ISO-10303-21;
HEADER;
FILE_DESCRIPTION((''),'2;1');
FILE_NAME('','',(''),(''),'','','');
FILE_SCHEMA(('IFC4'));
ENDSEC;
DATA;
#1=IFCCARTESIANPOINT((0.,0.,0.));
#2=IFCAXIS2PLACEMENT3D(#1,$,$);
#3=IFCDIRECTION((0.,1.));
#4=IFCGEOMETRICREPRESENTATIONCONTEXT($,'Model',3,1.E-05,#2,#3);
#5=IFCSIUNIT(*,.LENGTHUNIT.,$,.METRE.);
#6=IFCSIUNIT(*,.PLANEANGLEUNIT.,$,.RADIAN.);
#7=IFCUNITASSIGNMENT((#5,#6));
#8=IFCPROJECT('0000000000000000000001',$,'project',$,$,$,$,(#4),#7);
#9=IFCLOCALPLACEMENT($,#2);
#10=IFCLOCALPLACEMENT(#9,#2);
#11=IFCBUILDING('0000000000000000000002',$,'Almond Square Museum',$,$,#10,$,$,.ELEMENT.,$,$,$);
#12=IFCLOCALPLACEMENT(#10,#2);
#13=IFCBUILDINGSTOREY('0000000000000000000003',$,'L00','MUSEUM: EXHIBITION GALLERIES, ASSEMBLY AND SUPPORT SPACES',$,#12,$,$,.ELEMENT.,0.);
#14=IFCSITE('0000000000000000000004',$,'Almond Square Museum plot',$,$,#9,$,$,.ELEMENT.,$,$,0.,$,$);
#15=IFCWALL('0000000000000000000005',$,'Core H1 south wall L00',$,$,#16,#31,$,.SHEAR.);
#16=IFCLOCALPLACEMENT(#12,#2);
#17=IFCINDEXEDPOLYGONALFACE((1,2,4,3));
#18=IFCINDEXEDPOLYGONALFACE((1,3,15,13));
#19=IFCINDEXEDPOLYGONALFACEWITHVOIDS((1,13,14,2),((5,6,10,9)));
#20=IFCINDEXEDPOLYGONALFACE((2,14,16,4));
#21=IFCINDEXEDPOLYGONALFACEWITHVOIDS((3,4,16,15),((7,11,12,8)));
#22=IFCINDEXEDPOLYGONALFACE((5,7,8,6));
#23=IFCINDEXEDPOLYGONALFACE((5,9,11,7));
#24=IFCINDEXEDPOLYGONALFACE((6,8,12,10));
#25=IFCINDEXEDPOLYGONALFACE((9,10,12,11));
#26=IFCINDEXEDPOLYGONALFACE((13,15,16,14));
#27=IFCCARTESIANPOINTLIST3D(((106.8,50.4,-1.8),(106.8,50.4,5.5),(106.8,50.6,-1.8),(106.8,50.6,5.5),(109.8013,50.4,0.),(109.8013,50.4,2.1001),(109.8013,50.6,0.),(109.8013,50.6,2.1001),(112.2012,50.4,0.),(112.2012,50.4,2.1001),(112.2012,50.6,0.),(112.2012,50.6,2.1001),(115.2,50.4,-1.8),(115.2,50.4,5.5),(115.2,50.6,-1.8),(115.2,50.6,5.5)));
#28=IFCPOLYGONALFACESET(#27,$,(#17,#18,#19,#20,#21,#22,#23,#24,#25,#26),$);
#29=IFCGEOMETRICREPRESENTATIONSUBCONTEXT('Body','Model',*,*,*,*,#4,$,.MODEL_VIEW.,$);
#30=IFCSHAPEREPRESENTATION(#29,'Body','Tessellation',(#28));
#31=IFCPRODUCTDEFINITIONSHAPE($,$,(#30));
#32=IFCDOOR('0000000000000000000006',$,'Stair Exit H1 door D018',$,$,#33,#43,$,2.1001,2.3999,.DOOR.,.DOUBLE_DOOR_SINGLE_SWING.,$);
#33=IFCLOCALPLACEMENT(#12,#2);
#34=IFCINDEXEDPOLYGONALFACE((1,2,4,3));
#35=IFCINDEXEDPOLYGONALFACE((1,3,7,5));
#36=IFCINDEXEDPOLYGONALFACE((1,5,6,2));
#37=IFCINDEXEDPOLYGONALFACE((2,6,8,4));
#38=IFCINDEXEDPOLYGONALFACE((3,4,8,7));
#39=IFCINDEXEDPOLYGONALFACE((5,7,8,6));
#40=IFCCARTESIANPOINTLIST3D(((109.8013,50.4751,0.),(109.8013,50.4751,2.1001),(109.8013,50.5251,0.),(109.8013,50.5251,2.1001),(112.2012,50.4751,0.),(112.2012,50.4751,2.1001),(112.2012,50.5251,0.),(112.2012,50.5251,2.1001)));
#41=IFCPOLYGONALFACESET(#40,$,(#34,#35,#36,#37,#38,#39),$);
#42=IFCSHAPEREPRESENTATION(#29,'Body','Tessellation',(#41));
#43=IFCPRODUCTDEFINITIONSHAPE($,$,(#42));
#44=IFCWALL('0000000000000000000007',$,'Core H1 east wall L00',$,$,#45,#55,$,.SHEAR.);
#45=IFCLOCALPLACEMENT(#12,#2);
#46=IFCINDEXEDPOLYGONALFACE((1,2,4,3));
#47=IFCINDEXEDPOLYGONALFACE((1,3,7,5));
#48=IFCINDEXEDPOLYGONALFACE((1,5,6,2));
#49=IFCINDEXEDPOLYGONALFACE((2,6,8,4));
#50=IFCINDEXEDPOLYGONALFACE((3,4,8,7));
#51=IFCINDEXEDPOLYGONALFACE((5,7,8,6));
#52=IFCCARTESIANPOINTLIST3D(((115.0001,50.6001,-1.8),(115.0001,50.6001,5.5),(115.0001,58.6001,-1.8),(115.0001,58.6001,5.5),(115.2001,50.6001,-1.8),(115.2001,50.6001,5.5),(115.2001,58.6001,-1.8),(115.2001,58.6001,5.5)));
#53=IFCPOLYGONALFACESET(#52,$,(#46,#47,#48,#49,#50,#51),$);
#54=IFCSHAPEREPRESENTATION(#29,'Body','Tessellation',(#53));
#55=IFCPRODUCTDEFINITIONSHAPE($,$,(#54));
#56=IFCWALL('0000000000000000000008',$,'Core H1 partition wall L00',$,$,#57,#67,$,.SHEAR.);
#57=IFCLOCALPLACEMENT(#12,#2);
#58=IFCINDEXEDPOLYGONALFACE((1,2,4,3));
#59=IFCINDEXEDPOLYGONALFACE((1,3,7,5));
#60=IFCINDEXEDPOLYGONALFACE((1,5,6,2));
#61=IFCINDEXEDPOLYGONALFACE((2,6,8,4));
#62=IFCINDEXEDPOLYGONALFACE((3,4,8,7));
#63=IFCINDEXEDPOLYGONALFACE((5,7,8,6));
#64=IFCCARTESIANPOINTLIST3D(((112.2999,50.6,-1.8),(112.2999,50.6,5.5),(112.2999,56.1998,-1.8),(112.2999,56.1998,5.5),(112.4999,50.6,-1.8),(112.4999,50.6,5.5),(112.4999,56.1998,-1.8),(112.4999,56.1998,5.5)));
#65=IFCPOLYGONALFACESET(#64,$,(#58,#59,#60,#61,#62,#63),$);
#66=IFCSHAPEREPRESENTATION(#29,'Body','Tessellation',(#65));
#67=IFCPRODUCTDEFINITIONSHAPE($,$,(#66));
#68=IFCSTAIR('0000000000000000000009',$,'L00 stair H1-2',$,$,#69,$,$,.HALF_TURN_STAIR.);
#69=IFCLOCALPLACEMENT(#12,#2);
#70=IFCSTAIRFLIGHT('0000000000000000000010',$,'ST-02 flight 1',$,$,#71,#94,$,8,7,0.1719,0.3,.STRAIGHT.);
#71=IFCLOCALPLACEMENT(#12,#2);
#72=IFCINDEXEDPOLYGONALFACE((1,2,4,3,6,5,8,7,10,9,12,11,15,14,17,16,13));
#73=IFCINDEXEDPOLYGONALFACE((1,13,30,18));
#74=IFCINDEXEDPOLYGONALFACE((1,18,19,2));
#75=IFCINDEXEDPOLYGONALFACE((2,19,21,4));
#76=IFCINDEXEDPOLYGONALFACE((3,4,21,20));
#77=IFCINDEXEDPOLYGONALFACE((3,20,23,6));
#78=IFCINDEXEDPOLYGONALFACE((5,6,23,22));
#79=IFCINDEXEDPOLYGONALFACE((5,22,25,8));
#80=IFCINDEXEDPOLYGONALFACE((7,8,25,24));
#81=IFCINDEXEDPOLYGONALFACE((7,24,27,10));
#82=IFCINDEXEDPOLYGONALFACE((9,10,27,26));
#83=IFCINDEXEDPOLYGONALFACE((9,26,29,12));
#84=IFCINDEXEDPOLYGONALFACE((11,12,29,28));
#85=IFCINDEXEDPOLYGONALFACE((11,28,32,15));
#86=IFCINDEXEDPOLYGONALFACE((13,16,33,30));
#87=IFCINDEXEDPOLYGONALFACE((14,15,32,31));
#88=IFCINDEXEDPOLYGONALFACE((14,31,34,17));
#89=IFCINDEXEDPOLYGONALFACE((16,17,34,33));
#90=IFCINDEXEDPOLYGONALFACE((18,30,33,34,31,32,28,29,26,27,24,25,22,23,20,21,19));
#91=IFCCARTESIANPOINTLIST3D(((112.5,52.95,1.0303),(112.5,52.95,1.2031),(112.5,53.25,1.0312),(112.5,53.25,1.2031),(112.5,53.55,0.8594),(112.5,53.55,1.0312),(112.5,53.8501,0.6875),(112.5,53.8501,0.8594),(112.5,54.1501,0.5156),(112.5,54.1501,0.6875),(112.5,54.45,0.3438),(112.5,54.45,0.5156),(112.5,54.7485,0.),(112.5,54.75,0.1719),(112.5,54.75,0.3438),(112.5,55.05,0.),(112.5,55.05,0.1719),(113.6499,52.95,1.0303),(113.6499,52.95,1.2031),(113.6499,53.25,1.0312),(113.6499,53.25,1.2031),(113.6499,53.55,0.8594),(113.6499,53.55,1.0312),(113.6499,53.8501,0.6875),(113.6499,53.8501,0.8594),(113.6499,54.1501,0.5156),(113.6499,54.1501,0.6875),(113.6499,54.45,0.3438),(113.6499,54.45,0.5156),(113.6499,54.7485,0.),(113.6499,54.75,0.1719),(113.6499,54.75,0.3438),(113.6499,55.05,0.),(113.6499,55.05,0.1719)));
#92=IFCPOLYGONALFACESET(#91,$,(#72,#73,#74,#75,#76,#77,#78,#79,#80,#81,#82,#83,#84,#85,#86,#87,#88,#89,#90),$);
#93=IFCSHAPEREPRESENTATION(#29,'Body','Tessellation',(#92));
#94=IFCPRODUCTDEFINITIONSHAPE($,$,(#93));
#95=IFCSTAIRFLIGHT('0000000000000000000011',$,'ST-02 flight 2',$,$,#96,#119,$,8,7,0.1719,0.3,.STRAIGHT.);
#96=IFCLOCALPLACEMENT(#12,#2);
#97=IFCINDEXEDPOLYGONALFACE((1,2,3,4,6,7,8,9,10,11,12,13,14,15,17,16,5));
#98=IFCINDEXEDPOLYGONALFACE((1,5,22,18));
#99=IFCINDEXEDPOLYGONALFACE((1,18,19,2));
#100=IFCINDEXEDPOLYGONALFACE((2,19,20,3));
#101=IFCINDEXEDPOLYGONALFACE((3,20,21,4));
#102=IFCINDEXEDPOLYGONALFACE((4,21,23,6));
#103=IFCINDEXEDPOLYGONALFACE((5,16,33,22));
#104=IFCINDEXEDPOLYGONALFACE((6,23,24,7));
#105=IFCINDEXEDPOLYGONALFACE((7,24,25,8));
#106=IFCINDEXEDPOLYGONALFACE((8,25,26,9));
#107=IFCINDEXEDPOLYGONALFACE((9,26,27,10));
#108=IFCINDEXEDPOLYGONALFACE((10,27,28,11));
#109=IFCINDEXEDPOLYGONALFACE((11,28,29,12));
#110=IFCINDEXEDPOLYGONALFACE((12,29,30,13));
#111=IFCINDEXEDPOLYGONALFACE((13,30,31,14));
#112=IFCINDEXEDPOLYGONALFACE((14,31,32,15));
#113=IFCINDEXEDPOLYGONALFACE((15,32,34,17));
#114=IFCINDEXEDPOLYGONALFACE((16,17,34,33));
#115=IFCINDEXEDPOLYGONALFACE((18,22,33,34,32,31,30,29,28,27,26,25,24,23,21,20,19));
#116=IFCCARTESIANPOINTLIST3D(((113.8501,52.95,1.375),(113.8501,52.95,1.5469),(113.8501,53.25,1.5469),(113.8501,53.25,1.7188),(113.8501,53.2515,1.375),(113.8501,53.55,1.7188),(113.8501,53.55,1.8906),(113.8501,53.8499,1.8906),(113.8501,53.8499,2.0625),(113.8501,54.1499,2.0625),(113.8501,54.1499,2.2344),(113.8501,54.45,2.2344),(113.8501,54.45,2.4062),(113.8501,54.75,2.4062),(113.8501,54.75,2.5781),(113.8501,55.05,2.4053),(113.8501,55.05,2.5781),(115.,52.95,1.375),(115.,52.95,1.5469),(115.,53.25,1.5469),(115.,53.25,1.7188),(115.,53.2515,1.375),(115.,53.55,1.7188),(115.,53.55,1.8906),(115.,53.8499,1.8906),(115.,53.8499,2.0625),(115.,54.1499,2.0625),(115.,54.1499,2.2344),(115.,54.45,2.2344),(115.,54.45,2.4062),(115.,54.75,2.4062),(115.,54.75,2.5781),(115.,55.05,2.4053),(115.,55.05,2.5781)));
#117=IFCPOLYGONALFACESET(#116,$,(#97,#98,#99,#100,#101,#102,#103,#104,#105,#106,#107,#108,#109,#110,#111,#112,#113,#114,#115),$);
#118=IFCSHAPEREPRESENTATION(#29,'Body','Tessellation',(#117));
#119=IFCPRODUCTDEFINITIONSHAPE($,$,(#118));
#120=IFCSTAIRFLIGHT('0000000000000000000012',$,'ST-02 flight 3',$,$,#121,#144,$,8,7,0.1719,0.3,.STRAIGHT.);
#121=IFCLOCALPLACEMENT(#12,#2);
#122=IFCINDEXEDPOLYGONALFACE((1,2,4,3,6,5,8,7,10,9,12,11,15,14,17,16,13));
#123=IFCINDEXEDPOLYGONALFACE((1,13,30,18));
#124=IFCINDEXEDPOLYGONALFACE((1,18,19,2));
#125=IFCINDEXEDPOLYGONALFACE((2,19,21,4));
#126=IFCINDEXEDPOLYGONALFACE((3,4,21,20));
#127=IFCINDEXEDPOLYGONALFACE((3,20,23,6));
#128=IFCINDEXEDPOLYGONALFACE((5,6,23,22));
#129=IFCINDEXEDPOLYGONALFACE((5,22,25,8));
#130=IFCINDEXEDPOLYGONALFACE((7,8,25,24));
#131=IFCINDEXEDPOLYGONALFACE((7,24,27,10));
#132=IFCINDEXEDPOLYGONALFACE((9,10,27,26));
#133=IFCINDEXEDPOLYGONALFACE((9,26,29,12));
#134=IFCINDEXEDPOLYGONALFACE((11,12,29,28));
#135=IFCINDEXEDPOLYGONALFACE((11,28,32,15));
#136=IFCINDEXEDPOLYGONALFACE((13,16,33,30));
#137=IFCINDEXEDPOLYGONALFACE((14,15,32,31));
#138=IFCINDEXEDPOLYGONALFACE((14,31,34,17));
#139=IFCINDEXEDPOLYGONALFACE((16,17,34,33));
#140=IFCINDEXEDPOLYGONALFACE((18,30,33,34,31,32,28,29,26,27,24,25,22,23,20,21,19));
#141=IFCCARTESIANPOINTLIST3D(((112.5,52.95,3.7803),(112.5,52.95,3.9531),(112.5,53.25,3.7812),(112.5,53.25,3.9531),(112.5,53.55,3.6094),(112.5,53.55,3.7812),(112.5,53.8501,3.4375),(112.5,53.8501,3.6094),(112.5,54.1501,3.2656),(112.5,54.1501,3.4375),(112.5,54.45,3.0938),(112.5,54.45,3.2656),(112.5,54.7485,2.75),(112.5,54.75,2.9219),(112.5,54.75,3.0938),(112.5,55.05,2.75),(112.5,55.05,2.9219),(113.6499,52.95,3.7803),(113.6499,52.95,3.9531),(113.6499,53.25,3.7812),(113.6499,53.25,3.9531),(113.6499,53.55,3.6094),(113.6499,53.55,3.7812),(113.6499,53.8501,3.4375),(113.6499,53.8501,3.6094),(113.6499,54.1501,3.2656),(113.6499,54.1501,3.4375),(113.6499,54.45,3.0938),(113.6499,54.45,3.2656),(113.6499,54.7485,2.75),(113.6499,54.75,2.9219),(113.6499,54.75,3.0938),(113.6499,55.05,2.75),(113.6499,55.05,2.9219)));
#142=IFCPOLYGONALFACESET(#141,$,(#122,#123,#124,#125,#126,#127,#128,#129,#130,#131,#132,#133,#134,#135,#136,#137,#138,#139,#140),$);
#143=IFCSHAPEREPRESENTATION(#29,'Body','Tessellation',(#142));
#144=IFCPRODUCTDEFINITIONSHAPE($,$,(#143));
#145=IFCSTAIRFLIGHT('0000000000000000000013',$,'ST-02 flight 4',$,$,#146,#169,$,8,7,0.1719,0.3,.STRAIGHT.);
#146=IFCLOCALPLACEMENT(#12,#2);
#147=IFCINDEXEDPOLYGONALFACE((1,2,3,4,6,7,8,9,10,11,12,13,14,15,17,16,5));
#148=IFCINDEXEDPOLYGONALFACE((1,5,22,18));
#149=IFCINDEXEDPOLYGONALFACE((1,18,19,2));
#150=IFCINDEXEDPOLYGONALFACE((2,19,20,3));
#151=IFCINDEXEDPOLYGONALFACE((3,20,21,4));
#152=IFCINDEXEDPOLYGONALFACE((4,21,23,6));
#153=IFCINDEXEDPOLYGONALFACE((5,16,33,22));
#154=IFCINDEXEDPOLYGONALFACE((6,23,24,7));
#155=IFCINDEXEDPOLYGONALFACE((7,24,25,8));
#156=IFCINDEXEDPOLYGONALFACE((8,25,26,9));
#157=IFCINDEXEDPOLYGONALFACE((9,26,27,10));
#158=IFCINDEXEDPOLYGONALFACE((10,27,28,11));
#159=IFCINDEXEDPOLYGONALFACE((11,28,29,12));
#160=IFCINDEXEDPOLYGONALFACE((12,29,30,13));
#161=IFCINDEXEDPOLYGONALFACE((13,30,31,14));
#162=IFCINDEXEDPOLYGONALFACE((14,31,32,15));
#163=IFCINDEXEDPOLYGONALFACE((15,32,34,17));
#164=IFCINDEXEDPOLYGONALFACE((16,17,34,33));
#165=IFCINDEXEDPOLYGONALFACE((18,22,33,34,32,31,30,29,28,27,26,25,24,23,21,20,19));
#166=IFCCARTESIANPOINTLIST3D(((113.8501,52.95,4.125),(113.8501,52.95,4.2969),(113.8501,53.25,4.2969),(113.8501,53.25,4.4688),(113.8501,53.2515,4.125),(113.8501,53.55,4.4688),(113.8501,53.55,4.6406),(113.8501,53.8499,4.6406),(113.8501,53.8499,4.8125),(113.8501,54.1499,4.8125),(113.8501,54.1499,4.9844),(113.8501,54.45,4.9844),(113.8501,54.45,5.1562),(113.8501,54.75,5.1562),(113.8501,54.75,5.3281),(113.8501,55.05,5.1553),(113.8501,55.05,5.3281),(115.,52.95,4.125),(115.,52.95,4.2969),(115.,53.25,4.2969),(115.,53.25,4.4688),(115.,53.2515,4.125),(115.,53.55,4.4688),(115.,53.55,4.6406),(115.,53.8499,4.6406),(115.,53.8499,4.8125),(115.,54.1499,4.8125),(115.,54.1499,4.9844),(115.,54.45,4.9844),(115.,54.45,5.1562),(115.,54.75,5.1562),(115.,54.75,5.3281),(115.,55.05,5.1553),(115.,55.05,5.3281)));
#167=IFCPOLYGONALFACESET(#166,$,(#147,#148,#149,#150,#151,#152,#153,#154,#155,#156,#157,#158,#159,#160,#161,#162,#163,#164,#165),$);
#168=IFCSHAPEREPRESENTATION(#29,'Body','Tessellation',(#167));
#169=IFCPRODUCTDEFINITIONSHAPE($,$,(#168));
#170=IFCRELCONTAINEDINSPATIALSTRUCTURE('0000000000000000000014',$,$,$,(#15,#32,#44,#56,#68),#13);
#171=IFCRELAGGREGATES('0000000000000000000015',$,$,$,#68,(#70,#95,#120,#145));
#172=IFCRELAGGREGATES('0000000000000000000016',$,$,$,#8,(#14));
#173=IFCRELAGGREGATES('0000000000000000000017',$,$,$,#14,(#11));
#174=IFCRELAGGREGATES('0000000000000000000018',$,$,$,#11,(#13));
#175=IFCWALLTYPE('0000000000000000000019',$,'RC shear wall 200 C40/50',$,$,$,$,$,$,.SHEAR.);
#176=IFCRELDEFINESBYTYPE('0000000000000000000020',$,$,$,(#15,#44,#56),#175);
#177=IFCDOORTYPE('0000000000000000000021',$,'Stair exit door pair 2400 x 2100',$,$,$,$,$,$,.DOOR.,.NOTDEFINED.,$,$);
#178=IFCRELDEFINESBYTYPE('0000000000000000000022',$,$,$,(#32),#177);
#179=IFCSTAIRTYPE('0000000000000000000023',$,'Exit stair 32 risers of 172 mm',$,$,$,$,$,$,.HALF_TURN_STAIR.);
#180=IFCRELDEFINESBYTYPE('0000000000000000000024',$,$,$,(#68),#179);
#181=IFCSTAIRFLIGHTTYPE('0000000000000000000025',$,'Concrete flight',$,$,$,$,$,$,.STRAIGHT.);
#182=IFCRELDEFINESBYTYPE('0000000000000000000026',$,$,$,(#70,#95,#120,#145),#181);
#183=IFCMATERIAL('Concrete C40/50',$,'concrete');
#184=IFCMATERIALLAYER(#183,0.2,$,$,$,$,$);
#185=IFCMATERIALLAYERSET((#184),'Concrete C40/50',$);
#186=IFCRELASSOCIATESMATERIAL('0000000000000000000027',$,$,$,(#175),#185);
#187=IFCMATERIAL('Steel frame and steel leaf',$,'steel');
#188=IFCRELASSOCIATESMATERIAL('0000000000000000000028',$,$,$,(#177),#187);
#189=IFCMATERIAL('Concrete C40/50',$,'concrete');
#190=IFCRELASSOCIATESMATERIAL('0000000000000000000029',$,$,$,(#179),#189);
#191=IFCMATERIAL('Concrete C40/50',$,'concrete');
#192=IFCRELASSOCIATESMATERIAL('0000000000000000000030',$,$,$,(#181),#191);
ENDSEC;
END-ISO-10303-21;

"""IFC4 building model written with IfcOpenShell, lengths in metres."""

from ifc_helpers import new_model, si_unit, direction, frame, frame_2d, origin, place, context, subcontext, project, spatial, polyline, rectangle, outline, extrude, material, layer, layer_set, type_object, element, fill, aggregate, save


model = new_model("IFC4")

# Units and contexts
model_context = context("Model", 3, precision=1e-05, world=origin(), true_north=direction((0.0, 1.0)))
body_context = subcontext(model_context, "Body", "Model", "MODEL_VIEW")
ifc_project = project(units=[si_unit("LENGTHUNIT", "METRE"), si_unit("PLANEANGLEUNIT", "RADIAN")], contexts=[model_context])

# Site, building, storey
site_placement = place(None, origin())
site = spatial("IfcSite", under=ifc_project, at=site_placement, Name="Almond Square Museum plot", CompositionType="ELEMENT", RefElevation=0.0)
building_placement = place(site_placement, origin())
building = spatial("IfcBuilding", under=site, at=building_placement, Name="Almond Square Museum", CompositionType="ELEMENT")
storey_placement = place(building_placement, origin())
storey = spatial("IfcBuildingStorey", under=building, at=storey_placement, Name="L00", Description="MUSEUM: EXHIBITION GALLERIES, ASSEMBLY AND SUPPORT SPACES", CompositionType="ELEMENT", Elevation=0.0)

# Wall, opening, door
ifc_material_1 = material(Name="Concrete C40/50", Category="concrete")
ifc_layer_1 = layer(ifc_material_1, 0.2)
ifc_layer_set_1 = layer_set([ifc_layer_1], Name="Concrete C40/50")
wall_type_1 = type_object("IfcWallType", Name="RC shear wall 200 C40/50", PredefinedType="SHEAR", material=ifc_layer_set_1)
wall_1_placement = place(storey_placement, frame((115.2, 50.5, -1.8), z_axis=(0.0, 0.0, 1.0), x_axis=(-1.0, 0.0, 0.0)))
wall_1 = element("IfcWall", 1, at=wall_1_placement, inside=storey, type_object=wall_type_1, Name="Core H1 south wall L00", PredefinedType="SHEAR", context=body_context, shape_type="SweptSolid", body=[
    extrude(rectangle(XDim=8.3999, YDim=0.2, at=frame_2d((4.2, 0.0))), origin(), (0.0, 0.0, 1.0), 7.3),
])
opening_1_placement = place(wall_1_placement, frame((2.9988, 0.0, 1.8)))
opening_1 = element("IfcOpeningElement", 2, at=opening_1_placement, cuts=wall_1, PredefinedType="OPENING", context=body_context, shape_type="SweptSolid", body=[
    extrude(rectangle(XDim=2.3999, YDim=2.1001, at=frame_2d((1.2, 1.05))), frame((0.0, 0.1099, 0.0), z_axis=(0.0, -1.0, 0.0), x_axis=(1.0, 0.0, 0.0)), (0.0, 0.0, 1.0), 0.22),
])
ifc_material_2 = material(Name="Steel frame and steel leaf", Category="steel")
door_type = type_object("IfcDoorType", Name="Stair exit door pair 2400 x 2100", OperationType="NOTDEFINED", PredefinedType="DOOR", material=ifc_material_2)
door_placement = place(opening_1_placement, origin())
door = element("IfcDoor", 3, at=door_placement, inside=storey, type_object=door_type, Name="Stair Exit H1 door D018", OperationType="DOUBLE_DOOR_SINGLE_SWING", OverallHeight=2.1001, OverallWidth=2.3999, PredefinedType="DOOR", context=body_context, shape_type="SweptSolid", body=[
    extrude(rectangle(XDim=2.3999, YDim=2.1001, at=frame_2d((1.2, 1.05))), frame((0.0, 0.0249, 0.0), z_axis=(0.0, -1.0, 0.0), x_axis=(1.0, 0.0, 0.0)), (0.0, 0.0, 1.0), 0.05),
])
fill(opening_1, door)

# Walls
wall_2_placement = place(storey_placement, frame((115.1001, 50.6001, -1.8), z_axis=(0.0, 0.0, 1.0), x_axis=(0.0, 1.0, 0.0)))
element("IfcWall", 4, at=wall_2_placement, inside=storey, type_object=wall_type_1, Name="Core H1 east wall L00", PredefinedType="SHEAR", context=body_context, shape_type="SweptSolid", body=[
    extrude(rectangle(XDim=8.0, YDim=0.2, at=frame_2d((4.0, 0.0))), origin(), (0.0, 0.0, 1.0), 7.3),
])
wall_3_placement = place(storey_placement, frame((112.3999, 50.6001, -1.8), z_axis=(0.0, 0.0, 1.0), x_axis=(0.0, 1.0, 0.0)))
element("IfcWall", 5, at=wall_3_placement, inside=storey, type_object=wall_type_1, Name="Core H1 partition wall L00", PredefinedType="SHEAR", context=body_context, shape_type="SweptSolid", body=[
    extrude(rectangle(XDim=5.5999, YDim=0.2, at=frame_2d((2.7998, 0.0))), origin(), (0.0, 0.0, 1.0), 7.3),
])

# Stair, stair flights
ifc_material_3 = material(Name="Concrete C40/50", Category="concrete")
stair_type = type_object("IfcStairType", Name="Exit stair 32 risers of 172 mm", PredefinedType="HALF_TURN_STAIR", material=ifc_material_3)
stair_placement = place(storey_placement, origin())
stair = element("IfcStair", 6, at=stair_placement, inside=storey, type_object=stair_type, Name="L00 stair H1-2", PredefinedType="HALF_TURN_STAIR")
ifc_material_4 = material(Name="Concrete C40/50", Category="concrete")
stair_flight_type = type_object("IfcStairFlightType", Name="Concrete flight", PredefinedType="STRAIGHT", material=ifc_material_4)
stair_flight_1_placement = place(storey_placement, frame((113.075, 55.05, 0.0), z_axis=(0.0, 0.0, 1.0), x_axis=(0.0, -1.0, 0.0)))
stair_flight_1 = element("IfcStairFlight", 7, at=stair_flight_1_placement, type_object=stair_flight_type, Name="ST-02 flight 1", NumberOfRisers=8, NumberOfTreads=7, PredefinedType="STRAIGHT", RiserHeight=0.1719, TreadLength=0.3, context=body_context, shape_type="SweptSolid", body=[
    extrude(outline(polyline([(0.0, 0.0), (0.0, 0.1719), (0.3, 0.1719), (0.3, 0.3438), (0.6001, 0.3438), (0.6001, 0.5156), (0.8999, 0.5156), (0.8999, 0.6875), (1.2, 0.6875), (1.2, 0.8594), (1.5, 0.8594), (1.5, 1.0312), (1.8, 1.0312), (1.8, 1.2031), (2.1001, 1.2031), (2.1001, 1.375), (2.1001, 1.0303), (0.3015, 0.0), (0.0, 0.0)])), frame((0.0, 0.575, 0.0), z_axis=(0.0, -1.0, 0.0), x_axis=(1.0, 0.0, 0.0)), (0.0, 0.0, 1.0), 1.1499),
])
stair_flight_2_placement = place(storey_placement, frame((114.425, 52.95, 1.375), z_axis=(0.0, 0.0, 1.0), x_axis=(0.0, 1.0, 0.0)))
stair_flight_2 = element("IfcStairFlight", 8, at=stair_flight_2_placement, type_object=stair_flight_type, Name="ST-02 flight 2", NumberOfRisers=8, NumberOfTreads=7, PredefinedType="STRAIGHT", RiserHeight=0.1719, TreadLength=0.3, context=body_context, shape_type="SweptSolid", body=[
    extrude(outline(polyline([(0.0, 0.0), (0.0, 0.1719), (0.3, 0.1719), (0.3, 0.3438), (0.6001, 0.3438), (0.6001, 0.5156), (0.8999, 0.5156), (0.8999, 0.6875), (1.2, 0.6875), (1.2, 0.8594), (1.5, 0.8594), (1.5, 1.0312), (1.8, 1.0312), (1.8, 1.2031), (2.1001, 1.2031), (2.1001, 1.375), (2.1001, 1.0303), (0.3015, 0.0), (0.0, 0.0)])), frame((0.0, 0.575, 0.0), z_axis=(0.0, -1.0, 0.0), x_axis=(1.0, 0.0, 0.0)), (0.0, 0.0, 1.0), 1.1499),
])
stair_flight_3_placement = place(storey_placement, frame((113.075, 55.05, 2.75), z_axis=(0.0, 0.0, 1.0), x_axis=(0.0, -1.0, 0.0)))
stair_flight_3 = element("IfcStairFlight", 9, at=stair_flight_3_placement, type_object=stair_flight_type, Name="ST-02 flight 3", NumberOfRisers=8, NumberOfTreads=7, PredefinedType="STRAIGHT", RiserHeight=0.1719, TreadLength=0.3, context=body_context, shape_type="SweptSolid", body=[
    extrude(outline(polyline([(0.0, 0.0), (0.0, 0.1719), (0.3, 0.1719), (0.3, 0.3438), (0.6001, 0.3438), (0.6001, 0.5156), (0.8999, 0.5156), (0.8999, 0.6875), (1.2, 0.6875), (1.2, 0.8594), (1.5, 0.8594), (1.5, 1.0312), (1.8, 1.0312), (1.8, 1.2031), (2.1001, 1.2031), (2.1001, 1.375), (2.1001, 1.0303), (0.3015, 0.0), (0.0, 0.0)])), frame((0.0, 0.575, 0.0), z_axis=(0.0, -1.0, 0.0), x_axis=(1.0, 0.0, 0.0)), (0.0, 0.0, 1.0), 1.1499),
])
stair_flight_4_placement = place(storey_placement, frame((114.425, 52.95, 4.125), z_axis=(0.0, 0.0, 1.0), x_axis=(0.0, 1.0, 0.0)))
stair_flight_4 = element("IfcStairFlight", 10, at=stair_flight_4_placement, type_object=stair_flight_type, Name="ST-02 flight 4", NumberOfRisers=8, NumberOfTreads=7, PredefinedType="STRAIGHT", RiserHeight=0.1719, TreadLength=0.3, context=body_context, shape_type="SweptSolid", body=[
    extrude(outline(polyline([(0.0, 0.0), (0.0, 0.1719), (0.3, 0.1719), (0.3, 0.3438), (0.6001, 0.3438), (0.6001, 0.5156), (0.8999, 0.5156), (0.8999, 0.6875), (1.2, 0.6875), (1.2, 0.8594), (1.5, 0.8594), (1.5, 1.0312), (1.8, 1.0312), (1.8, 1.2031), (2.1001, 1.2031), (2.1001, 1.375), (2.1001, 1.0303), (0.3015, 0.0), (0.0, 0.0)])), frame((0.0, 0.575, 0.0), z_axis=(0.0, -1.0, 0.0), x_axis=(1.0, 0.0, 0.0)), (0.0, 0.0, 1.0), 1.1499),
])
aggregate(stair, [stair_flight_1, stair_flight_2, stair_flight_3, stair_flight_4])

save(model, "model.ifc")
